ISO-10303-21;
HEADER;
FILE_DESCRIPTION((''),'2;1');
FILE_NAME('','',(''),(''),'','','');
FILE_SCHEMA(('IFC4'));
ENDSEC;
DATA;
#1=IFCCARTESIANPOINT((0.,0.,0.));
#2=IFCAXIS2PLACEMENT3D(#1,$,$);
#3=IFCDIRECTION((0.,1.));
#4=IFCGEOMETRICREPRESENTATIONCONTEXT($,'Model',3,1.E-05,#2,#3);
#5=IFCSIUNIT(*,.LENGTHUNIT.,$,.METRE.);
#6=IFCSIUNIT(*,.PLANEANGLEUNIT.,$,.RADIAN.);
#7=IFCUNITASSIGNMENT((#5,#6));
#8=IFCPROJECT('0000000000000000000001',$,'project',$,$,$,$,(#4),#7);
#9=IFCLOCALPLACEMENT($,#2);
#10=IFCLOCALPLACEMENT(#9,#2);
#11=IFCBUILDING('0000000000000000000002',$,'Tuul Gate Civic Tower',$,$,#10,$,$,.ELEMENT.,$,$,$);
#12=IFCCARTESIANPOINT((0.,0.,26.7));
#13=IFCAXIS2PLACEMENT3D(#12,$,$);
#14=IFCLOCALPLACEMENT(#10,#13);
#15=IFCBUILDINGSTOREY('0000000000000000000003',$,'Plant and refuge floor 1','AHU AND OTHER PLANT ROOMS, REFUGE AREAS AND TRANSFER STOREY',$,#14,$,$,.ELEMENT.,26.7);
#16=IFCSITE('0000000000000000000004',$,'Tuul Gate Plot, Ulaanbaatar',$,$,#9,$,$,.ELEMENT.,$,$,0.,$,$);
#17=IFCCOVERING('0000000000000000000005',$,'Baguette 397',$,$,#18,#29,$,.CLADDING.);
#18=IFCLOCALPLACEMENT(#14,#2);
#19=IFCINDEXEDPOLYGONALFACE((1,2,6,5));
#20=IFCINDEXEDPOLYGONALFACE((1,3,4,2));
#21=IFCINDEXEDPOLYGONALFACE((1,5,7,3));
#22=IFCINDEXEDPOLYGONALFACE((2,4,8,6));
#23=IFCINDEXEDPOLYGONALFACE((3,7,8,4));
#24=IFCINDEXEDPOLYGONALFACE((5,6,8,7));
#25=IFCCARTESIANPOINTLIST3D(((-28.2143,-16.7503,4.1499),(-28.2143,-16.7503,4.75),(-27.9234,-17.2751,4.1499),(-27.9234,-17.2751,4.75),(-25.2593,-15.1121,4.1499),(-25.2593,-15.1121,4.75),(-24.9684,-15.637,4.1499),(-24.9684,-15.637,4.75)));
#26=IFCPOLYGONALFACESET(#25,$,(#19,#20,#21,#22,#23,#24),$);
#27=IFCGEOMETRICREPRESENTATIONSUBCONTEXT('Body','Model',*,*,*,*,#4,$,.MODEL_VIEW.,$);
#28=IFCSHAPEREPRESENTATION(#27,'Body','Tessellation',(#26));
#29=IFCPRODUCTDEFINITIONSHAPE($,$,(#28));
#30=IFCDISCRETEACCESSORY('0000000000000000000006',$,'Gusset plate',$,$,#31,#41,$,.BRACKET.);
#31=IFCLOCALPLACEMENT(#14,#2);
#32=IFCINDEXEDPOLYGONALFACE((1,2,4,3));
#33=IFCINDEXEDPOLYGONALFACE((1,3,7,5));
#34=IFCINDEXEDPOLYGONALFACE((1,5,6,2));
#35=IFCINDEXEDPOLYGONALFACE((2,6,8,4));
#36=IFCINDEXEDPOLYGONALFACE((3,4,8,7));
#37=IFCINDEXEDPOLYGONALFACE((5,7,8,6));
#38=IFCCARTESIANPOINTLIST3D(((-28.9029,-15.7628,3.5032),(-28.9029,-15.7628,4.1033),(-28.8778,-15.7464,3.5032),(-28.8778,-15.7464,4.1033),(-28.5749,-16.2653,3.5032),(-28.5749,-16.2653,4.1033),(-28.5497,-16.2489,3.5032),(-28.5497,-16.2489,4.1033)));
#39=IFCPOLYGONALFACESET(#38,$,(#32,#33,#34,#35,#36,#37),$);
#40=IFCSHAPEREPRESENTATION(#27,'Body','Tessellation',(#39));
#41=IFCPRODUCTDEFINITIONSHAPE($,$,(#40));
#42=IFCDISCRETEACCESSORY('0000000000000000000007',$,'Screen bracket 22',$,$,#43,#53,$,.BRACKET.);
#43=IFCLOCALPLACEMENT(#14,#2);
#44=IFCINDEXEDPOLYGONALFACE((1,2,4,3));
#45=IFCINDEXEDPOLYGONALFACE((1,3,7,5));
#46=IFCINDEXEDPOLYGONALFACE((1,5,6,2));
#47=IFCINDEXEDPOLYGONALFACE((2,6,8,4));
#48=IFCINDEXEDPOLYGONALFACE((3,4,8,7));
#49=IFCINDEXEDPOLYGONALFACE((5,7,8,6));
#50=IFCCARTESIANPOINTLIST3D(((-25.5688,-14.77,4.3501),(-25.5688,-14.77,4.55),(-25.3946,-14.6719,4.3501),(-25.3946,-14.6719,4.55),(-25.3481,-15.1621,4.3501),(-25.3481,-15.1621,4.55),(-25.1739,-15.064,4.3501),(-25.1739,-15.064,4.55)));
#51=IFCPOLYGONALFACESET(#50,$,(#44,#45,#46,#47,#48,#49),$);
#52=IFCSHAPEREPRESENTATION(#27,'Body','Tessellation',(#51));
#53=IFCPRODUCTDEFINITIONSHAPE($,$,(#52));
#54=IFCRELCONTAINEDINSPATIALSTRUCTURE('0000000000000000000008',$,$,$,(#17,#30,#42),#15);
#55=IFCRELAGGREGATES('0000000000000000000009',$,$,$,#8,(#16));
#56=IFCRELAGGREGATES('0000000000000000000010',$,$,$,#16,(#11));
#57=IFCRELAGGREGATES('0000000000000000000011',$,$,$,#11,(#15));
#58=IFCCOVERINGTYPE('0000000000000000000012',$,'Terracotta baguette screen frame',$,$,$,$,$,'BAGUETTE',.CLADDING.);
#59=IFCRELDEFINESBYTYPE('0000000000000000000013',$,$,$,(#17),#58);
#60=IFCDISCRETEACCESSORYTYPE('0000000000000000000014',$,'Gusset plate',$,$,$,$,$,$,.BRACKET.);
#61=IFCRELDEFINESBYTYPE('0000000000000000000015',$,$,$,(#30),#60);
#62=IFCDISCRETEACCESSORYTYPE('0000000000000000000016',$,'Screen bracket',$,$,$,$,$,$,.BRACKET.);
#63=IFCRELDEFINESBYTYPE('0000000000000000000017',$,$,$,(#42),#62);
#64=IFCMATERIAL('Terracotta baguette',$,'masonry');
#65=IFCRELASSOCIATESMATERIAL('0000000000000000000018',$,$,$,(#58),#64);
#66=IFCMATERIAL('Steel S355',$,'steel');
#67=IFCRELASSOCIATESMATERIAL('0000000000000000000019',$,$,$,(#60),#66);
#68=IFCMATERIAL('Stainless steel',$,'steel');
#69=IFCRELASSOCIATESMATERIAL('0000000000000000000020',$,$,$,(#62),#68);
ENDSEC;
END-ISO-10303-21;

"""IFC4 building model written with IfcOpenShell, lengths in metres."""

from ifc_helpers import new_model, si_unit, direction, frame, origin, origin_2d, place, context, subcontext, project, spatial, rectangle, extrude, material, material_profile, profile_set, type_object, element, save


model = new_model("IFC4")

# Units and contexts
model_context = context("Model", 3, precision=1e-05, world=origin(), true_north=direction((0.0, 1.0)))
body_context = subcontext(model_context, "Body", "Model", "MODEL_VIEW")
ifc_project = project(units=[si_unit("LENGTHUNIT", "METRE"), si_unit("PLANEANGLEUNIT", "RADIAN")], contexts=[model_context])

# Site, building, storey
site_placement = place(None, origin())
site = spatial("IfcSite", under=ifc_project, at=site_placement, Name="Tuul Gate Plot, Ulaanbaatar", CompositionType="ELEMENT", RefElevation=0.0)
building_placement = place(site_placement, origin())
building = spatial("IfcBuilding", under=site, at=building_placement, Name="Tuul Gate Civic Tower", CompositionType="ELEMENT")
storey_placement = place(building_placement, frame((0.0, 0.0, 26.7)))
storey = spatial("IfcBuildingStorey", under=building, at=storey_placement, Name="Plant and refuge floor 1", Description="AHU AND OTHER PLANT ROOMS, REFUGE AREAS AND TRANSFER STOREY", CompositionType="ELEMENT", Elevation=26.7)

# Covering
ifc_material_1 = material(Name="Terracotta baguette", Category="masonry")
ifc_material_profile_1 = material_profile(ifc_material_1, rectangle(XDim=0.6001, YDim=0.6001, at=origin_2d()), Name="Terracotta baguette screen frame")
ifc_profile_set_1 = profile_set([ifc_material_profile_1], Name="Terracotta baguette")
covering_type = type_object("IfcCoveringType", Name="Terracotta baguette screen frame", ElementType="BAGUETTE", PredefinedType="CLADDING", material=ifc_profile_set_1)
covering_1_placement = place(storey_placement, frame((-28.0688, -17.0127, 4.45), z_axis=(0.8746, 0.484845, 0.0), x_axis=(-0.484845, 0.8746, 0.0)))
element("IfcCovering", 1, at=covering_1_placement, inside=storey, type_object=covering_type, Name="Baguette 397", PredefinedType="CLADDING", context=body_context, shape_type="SweptSolid", body=[
    extrude(rectangle(XDim=0.6001, YDim=0.6001, at=origin_2d()), origin(), (0.0, 0.0, 1.0), 3.3787),
])

# Discrete accessories
ifc_material_2 = material(Name="Steel S355", Category="steel")
discrete_accessory_type_1 = type_object("IfcDiscreteAccessoryType", Name="Gusset plate", PredefinedType="BRACKET", material=ifc_material_2)
discrete_accessory_1_placement = place(storey_placement, frame((-28.7263, -16.0059, 3.5032), z_axis=(0.0, 0.0, 1.0), x_axis=(-0.546705, 0.837325, 0.0)))
element("IfcDiscreteAccessory", 2, at=discrete_accessory_1_placement, inside=storey, type_object=discrete_accessory_type_1, Name="Gusset plate", PredefinedType="BRACKET", context=body_context, shape_type="SweptSolid", body=[
    extrude(rectangle(XDim=0.6001, YDim=0.03, at=origin_2d()), origin(), (0.0, 0.0, 1.0), 0.6001),
])
ifc_material_3 = material(Name="Stainless steel", Category="steel")
discrete_accessory_type_2 = type_object("IfcDiscreteAccessoryType", Name="Screen bracket", PredefinedType="BRACKET", material=ifc_material_3)
discrete_accessory_2_placement = place(storey_placement, frame((-25.3713, -14.917, 4.3501), z_axis=(0.0, 0.0, 1.0), x_axis=(0.490455, -0.871466, 0.0)))
element("IfcDiscreteAccessory", 3, at=discrete_accessory_2_placement, inside=storey, type_object=discrete_accessory_type_2, Name="Screen bracket 22", PredefinedType="BRACKET", context=body_context, shape_type="SweptSolid", body=[
    extrude(rectangle(XDim=0.45, YDim=0.2, at=origin_2d()), origin(), (0.0, 0.0, 1.0), 0.2),
])

save(model, "model.ifc")
